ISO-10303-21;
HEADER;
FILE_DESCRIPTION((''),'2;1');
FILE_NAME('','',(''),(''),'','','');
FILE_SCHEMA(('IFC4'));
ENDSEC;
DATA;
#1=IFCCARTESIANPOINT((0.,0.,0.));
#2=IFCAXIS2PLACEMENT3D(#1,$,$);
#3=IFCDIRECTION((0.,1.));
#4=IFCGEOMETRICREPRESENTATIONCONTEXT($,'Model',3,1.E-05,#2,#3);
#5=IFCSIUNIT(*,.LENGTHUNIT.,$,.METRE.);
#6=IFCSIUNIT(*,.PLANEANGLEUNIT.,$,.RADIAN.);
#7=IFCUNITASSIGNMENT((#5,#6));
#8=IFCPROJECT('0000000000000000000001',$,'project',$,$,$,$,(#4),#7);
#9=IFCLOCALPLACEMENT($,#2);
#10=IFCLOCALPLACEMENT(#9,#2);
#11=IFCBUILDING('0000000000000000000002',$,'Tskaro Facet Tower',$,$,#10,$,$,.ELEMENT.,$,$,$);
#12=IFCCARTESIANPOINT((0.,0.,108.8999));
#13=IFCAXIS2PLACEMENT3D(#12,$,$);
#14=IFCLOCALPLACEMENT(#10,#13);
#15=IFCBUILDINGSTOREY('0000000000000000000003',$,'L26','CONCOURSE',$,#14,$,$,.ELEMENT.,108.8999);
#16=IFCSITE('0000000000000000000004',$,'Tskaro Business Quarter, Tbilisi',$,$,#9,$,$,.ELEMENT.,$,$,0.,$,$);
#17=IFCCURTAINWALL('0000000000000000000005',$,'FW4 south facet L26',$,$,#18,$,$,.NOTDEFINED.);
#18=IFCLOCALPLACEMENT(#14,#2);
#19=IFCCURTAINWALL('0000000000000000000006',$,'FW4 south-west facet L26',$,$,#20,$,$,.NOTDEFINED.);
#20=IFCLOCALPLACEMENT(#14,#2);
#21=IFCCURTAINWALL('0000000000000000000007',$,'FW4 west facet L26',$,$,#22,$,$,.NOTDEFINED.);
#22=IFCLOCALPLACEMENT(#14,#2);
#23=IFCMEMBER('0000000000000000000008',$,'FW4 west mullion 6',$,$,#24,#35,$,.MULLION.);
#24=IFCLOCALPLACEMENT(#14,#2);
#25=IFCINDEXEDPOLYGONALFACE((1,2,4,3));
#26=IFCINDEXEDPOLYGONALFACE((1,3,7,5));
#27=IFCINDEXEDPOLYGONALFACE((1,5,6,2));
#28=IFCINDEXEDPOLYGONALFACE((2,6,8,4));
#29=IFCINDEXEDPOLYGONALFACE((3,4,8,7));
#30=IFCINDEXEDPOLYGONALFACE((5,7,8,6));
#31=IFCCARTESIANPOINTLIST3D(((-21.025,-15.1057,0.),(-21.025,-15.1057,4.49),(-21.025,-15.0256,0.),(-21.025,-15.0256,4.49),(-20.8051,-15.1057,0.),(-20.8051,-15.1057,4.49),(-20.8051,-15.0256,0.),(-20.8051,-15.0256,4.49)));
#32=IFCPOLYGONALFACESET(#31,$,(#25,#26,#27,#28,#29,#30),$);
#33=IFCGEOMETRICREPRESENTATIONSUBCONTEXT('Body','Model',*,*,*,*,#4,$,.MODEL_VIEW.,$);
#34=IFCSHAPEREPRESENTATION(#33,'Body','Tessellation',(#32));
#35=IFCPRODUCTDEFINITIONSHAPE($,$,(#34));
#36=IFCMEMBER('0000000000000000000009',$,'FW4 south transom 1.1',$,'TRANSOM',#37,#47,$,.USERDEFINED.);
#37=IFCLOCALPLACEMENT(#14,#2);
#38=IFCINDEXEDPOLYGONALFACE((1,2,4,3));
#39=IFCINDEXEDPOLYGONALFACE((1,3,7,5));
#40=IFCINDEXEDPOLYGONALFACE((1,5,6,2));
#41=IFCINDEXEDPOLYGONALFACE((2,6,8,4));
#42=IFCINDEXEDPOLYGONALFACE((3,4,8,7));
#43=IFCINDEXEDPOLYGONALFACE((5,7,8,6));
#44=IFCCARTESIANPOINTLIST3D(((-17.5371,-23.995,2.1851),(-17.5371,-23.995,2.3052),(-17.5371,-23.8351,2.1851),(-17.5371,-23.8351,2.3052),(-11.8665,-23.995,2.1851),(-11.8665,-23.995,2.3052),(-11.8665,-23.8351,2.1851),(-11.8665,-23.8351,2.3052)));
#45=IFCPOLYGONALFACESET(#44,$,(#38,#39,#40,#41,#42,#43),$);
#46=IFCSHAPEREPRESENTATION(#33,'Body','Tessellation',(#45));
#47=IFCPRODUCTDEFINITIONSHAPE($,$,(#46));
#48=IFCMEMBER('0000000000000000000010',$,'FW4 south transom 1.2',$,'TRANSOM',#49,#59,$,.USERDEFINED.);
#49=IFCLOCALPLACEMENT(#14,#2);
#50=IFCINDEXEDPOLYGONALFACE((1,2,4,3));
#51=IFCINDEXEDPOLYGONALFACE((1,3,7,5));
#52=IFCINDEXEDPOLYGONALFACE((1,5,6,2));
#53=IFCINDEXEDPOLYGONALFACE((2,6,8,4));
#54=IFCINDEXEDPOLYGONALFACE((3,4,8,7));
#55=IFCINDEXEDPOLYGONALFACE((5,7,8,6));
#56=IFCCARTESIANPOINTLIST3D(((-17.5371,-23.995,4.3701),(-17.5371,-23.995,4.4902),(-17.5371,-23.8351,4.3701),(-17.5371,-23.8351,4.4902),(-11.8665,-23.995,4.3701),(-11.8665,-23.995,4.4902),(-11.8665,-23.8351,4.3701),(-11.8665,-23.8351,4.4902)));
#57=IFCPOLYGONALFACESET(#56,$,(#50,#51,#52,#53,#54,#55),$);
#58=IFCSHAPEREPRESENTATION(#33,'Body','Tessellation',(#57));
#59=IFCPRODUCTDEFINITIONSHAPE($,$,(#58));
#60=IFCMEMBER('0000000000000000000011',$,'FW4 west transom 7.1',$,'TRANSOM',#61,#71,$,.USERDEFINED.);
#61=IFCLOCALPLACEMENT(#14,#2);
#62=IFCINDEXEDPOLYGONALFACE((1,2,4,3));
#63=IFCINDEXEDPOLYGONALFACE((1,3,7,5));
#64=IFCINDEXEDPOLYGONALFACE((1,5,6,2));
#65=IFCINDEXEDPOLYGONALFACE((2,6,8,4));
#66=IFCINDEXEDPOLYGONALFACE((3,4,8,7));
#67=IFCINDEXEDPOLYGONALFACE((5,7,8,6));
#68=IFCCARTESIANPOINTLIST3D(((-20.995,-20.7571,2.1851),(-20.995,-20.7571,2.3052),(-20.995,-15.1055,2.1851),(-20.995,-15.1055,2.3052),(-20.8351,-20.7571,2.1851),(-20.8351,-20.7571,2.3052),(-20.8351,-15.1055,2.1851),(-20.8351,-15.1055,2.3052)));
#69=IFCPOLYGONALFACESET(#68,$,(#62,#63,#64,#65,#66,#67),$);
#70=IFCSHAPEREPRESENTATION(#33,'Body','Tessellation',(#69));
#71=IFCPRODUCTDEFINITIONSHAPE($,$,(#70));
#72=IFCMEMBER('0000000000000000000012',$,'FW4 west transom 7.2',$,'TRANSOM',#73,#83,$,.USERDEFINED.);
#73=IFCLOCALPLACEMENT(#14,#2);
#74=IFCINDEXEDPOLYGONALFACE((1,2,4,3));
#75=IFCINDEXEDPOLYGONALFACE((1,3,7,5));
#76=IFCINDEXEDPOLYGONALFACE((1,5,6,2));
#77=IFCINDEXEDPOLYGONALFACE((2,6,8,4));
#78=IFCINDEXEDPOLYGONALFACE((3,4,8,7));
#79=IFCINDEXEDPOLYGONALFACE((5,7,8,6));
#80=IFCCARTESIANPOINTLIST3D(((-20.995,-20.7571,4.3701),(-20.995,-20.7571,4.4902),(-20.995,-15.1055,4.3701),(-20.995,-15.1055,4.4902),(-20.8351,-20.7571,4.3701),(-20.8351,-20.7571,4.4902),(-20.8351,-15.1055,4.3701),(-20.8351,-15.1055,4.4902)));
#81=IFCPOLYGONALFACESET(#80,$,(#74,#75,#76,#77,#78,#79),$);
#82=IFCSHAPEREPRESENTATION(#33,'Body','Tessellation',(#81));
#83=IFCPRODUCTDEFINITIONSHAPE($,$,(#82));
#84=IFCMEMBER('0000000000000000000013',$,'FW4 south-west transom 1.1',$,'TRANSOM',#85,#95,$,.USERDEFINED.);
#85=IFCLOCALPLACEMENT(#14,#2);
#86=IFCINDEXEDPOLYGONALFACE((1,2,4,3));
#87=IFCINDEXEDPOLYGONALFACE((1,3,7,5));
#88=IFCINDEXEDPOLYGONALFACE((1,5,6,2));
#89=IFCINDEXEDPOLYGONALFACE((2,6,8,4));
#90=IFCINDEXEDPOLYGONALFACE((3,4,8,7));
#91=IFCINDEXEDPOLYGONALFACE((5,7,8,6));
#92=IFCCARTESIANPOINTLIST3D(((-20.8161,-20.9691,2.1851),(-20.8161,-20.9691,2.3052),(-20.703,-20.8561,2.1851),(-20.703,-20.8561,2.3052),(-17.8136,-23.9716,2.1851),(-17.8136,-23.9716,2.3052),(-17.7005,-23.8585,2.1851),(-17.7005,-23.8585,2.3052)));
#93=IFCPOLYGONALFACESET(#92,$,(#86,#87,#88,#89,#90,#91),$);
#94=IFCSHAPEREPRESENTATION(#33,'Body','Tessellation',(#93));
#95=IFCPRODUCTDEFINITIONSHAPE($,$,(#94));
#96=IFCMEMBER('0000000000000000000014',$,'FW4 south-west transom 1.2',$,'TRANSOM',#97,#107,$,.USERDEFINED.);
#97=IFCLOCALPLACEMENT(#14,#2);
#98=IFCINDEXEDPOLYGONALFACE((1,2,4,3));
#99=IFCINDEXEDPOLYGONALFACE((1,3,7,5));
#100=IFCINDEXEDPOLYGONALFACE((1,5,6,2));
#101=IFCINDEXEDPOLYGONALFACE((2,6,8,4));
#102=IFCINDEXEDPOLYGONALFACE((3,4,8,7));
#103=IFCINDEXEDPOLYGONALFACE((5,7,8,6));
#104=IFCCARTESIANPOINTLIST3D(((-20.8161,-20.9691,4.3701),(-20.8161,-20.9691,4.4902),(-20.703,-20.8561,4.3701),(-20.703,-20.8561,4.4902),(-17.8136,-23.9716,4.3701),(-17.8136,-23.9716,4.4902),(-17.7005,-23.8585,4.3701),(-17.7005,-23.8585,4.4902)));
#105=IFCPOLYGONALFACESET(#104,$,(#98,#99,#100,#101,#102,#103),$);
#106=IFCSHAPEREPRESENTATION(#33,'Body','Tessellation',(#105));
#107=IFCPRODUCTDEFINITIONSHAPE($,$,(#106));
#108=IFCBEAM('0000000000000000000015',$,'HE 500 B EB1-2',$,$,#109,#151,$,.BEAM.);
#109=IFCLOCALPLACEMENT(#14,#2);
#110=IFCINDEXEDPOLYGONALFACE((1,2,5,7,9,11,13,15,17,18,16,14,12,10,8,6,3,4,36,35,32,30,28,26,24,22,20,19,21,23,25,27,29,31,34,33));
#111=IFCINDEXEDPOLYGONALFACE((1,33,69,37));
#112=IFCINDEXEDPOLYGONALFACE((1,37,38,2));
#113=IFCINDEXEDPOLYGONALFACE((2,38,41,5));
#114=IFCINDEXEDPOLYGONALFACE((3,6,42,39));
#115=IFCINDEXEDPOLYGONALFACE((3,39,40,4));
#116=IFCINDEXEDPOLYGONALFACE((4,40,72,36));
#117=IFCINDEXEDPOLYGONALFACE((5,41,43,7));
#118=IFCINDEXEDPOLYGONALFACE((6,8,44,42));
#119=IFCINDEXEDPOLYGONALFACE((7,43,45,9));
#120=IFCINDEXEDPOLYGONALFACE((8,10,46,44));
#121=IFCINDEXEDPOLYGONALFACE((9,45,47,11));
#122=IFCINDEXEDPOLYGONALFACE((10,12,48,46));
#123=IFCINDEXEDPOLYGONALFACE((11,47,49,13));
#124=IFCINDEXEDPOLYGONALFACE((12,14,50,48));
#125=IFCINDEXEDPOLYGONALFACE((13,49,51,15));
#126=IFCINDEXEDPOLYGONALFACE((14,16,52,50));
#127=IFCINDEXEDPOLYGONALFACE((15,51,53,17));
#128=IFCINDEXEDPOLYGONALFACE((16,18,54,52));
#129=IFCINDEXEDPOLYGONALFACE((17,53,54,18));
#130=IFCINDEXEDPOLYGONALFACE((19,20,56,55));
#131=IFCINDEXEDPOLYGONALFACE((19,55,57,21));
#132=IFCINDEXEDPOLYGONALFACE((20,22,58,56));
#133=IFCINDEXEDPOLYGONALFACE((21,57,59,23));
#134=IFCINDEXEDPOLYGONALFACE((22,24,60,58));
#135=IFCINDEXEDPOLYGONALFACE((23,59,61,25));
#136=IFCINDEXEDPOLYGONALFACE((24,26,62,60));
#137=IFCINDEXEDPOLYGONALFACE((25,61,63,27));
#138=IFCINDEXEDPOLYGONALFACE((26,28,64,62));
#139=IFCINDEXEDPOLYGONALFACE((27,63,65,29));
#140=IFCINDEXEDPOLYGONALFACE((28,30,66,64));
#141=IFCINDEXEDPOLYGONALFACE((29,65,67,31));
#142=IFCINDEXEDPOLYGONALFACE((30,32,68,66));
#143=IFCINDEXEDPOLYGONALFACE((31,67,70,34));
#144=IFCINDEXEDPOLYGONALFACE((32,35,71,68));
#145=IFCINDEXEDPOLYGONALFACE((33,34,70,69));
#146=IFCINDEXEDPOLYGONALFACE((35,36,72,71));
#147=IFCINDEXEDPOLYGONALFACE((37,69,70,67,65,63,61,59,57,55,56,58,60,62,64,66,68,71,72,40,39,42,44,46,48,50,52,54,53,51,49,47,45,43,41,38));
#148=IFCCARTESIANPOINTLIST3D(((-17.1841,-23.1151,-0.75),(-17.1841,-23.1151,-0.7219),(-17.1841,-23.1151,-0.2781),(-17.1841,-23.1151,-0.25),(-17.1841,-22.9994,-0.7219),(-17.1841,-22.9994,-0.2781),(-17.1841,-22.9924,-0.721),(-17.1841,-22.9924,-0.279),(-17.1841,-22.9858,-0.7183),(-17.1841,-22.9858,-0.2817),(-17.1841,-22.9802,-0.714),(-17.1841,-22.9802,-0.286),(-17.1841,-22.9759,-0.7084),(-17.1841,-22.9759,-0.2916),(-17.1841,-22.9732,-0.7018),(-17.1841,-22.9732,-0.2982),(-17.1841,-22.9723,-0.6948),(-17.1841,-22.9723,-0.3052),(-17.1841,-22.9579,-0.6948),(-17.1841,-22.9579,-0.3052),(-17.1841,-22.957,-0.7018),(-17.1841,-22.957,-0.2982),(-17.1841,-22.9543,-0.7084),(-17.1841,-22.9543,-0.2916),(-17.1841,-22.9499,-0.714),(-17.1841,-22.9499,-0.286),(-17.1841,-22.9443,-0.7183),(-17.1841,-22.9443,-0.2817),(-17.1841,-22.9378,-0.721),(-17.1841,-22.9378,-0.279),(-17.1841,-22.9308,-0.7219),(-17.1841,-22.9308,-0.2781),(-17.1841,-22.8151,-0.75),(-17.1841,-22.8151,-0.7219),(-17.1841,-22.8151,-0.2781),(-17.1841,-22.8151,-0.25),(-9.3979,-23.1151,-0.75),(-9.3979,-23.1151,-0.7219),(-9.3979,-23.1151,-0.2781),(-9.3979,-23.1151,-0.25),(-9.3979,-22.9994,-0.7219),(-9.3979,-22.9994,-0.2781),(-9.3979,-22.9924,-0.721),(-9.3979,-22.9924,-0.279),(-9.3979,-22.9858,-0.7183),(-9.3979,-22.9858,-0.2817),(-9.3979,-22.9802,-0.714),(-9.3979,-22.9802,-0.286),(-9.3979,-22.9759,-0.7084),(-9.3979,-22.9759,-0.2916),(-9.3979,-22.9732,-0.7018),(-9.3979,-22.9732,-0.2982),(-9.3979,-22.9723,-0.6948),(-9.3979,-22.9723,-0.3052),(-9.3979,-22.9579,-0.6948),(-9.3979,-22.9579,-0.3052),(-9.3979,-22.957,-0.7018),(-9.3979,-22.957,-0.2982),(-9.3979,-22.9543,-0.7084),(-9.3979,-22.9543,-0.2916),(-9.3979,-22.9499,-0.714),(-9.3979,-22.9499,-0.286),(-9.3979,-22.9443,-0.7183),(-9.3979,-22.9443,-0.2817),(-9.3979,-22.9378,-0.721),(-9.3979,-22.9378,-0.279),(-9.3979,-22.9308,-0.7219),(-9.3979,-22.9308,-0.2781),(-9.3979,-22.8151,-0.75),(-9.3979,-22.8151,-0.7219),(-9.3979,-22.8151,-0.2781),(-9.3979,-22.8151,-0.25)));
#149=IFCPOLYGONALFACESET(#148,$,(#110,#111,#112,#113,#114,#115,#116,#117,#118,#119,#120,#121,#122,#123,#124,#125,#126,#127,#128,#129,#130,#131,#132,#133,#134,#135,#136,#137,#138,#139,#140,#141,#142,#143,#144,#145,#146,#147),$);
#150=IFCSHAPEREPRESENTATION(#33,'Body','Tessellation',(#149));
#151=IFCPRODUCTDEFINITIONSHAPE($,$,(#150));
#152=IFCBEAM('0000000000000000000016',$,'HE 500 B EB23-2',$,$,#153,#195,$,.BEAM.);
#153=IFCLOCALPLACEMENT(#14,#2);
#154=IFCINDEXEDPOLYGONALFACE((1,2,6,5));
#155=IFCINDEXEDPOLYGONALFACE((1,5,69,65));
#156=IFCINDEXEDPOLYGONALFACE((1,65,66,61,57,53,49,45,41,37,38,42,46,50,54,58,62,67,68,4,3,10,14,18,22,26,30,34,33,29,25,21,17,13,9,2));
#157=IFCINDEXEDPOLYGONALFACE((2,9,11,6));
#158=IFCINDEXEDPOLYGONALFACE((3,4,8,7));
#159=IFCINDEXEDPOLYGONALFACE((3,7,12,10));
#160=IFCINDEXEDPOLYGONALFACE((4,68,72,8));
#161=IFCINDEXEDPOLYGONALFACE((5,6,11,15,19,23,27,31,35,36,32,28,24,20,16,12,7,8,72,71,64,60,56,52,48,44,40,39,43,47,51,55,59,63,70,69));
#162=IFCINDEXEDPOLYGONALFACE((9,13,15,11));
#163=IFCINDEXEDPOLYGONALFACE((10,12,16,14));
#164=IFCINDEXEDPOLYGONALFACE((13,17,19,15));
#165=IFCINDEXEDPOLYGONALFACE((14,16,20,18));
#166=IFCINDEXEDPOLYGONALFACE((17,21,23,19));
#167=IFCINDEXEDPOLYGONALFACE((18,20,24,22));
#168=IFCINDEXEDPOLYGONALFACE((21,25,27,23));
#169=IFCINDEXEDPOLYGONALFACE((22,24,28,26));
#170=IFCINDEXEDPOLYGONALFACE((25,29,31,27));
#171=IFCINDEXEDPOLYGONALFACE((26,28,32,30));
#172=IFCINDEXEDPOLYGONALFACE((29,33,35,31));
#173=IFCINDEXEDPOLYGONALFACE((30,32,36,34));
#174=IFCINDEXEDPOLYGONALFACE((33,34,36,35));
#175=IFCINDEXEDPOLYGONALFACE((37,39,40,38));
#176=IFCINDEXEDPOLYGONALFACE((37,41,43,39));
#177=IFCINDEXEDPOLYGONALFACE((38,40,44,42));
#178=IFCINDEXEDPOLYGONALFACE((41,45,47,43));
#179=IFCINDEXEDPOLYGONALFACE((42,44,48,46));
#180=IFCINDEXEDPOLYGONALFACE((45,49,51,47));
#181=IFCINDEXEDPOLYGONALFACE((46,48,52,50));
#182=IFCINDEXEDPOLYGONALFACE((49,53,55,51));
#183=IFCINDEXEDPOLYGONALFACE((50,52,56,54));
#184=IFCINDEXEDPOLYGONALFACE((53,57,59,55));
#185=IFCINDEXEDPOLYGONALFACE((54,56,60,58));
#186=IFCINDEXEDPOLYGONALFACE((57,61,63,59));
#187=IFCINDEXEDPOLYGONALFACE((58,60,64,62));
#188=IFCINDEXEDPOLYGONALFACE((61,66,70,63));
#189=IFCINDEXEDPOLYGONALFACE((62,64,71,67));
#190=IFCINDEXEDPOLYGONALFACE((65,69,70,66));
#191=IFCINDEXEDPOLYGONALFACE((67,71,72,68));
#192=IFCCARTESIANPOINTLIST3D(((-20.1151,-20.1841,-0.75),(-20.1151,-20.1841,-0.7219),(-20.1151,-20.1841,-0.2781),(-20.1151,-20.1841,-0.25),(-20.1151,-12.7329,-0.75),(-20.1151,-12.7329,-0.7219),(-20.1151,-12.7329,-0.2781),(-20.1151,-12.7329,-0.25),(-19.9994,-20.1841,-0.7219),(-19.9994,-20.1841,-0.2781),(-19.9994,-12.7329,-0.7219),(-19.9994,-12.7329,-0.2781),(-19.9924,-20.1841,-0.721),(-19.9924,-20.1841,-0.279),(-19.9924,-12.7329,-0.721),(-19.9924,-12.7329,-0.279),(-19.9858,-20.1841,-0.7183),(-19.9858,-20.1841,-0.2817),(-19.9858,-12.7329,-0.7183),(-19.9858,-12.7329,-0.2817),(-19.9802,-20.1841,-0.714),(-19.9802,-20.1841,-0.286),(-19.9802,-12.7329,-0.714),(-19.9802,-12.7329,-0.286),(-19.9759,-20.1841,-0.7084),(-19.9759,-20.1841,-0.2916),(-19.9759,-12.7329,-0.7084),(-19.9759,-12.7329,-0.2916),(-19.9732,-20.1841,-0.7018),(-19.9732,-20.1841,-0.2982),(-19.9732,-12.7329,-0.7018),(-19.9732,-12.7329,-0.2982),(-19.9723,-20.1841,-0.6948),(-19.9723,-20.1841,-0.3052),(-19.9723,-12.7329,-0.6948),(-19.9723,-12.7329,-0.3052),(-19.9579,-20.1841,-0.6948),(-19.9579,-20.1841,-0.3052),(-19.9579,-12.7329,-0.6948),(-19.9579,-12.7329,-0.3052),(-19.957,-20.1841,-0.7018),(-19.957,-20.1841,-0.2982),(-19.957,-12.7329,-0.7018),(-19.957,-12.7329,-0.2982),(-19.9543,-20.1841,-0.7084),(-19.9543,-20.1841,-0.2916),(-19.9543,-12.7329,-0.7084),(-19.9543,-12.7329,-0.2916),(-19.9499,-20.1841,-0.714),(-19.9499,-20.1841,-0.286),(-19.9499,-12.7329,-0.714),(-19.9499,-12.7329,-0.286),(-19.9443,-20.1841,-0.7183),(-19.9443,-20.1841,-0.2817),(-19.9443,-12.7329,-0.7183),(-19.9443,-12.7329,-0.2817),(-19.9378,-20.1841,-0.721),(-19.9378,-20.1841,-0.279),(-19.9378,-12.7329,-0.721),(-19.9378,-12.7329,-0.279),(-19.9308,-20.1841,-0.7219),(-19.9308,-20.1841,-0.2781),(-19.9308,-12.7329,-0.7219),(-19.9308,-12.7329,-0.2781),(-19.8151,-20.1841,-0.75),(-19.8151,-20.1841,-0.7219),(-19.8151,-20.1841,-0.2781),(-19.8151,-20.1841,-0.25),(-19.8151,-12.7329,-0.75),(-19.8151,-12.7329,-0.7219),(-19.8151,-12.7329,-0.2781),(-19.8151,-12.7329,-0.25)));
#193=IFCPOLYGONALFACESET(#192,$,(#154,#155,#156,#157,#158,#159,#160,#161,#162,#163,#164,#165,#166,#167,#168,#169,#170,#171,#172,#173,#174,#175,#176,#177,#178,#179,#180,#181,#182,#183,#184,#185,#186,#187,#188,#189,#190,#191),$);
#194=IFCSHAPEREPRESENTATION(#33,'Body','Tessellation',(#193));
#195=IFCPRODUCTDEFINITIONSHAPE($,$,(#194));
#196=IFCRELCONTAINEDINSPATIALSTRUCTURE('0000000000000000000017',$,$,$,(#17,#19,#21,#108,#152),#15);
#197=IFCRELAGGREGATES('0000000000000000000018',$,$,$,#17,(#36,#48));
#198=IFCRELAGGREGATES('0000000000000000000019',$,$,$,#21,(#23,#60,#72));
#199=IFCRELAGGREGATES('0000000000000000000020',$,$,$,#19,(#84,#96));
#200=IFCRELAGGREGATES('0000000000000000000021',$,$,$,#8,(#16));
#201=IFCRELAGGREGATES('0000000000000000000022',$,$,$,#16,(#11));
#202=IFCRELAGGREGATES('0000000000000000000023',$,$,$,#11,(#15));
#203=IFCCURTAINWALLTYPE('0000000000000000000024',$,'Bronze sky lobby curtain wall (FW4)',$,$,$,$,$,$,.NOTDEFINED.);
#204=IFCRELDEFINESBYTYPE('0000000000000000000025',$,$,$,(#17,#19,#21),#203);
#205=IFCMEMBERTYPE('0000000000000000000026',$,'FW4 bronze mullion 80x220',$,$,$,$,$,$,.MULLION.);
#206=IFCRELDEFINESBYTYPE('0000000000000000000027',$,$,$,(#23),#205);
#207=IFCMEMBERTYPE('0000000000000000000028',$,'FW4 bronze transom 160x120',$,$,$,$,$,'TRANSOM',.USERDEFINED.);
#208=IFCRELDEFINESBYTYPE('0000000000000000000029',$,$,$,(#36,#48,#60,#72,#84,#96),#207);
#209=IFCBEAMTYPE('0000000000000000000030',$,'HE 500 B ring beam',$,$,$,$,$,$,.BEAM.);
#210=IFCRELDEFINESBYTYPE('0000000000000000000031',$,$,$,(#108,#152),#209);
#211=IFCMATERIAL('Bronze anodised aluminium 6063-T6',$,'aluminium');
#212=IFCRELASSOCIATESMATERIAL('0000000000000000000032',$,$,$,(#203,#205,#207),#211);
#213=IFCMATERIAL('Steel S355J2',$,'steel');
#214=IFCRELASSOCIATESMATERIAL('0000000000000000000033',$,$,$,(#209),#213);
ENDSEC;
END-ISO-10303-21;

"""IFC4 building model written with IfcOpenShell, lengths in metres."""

from ifc_helpers import new_model, si_unit, direction, frame, origin, origin_2d, place, context, subcontext, project, spatial, rectangle, i_section, extrude, material, material_profile, profile_set, type_object, element, aggregate, save


model = new_model("IFC4")

# Units and contexts
model_context = context("Model", 3, precision=1e-05, world=origin(), true_north=direction((0.0, 1.0)))
body_context = subcontext(model_context, "Body", "Model", "MODEL_VIEW")
ifc_project = project(units=[si_unit("LENGTHUNIT", "METRE"), si_unit("PLANEANGLEUNIT", "RADIAN")], contexts=[model_context])

# Site, building, storey
site_placement = place(None, origin())
site = spatial("IfcSite", under=ifc_project, at=site_placement, Name="Tskaro Business Quarter, Tbilisi", CompositionType="ELEMENT", RefElevation=0.0)
building_placement = place(site_placement, origin())
building = spatial("IfcBuilding", under=site, at=building_placement, Name="Tskaro Facet Tower", CompositionType="ELEMENT")
storey_placement = place(building_placement, frame((0.0, 0.0, 108.8999)))
storey = spatial("IfcBuildingStorey", under=building, at=storey_placement, Name="L26", Description="CONCOURSE", CompositionType="ELEMENT", Elevation=108.8999)

# Curtain walls, member
ifc_material_1 = material(Name="Bronze anodised aluminium 6063-T6", Category="aluminium")
curtain_wall_type = type_object("IfcCurtainWallType", Name="Bronze sky lobby curtain wall (FW4)", PredefinedType="NOTDEFINED", material=ifc_material_1)
curtain_wall_1_placement = place(storey_placement, origin())
curtain_wall_1 = element("IfcCurtainWall", 1, at=curtain_wall_1_placement, inside=storey, type_object=curtain_wall_type, Name="FW4 south facet L26", PredefinedType="NOTDEFINED")
curtain_wall_2_placement = place(storey_placement, origin())
curtain_wall_2 = element("IfcCurtainWall", 2, at=curtain_wall_2_placement, inside=storey, type_object=curtain_wall_type, Name="FW4 south-west facet L26", PredefinedType="NOTDEFINED")
curtain_wall_3_placement = place(storey_placement, origin())
curtain_wall_3 = element("IfcCurtainWall", 3, at=curtain_wall_3_placement, inside=storey, type_object=curtain_wall_type, Name="FW4 west facet L26", PredefinedType="NOTDEFINED")
ifc_material_profile_1 = material_profile(ifc_material_1, rectangle(XDim=0.0801, YDim=0.22, at=origin_2d()), Name="Mullion 80x220")
ifc_profile_set_1 = profile_set([ifc_material_profile_1], Name="Bronze anodised aluminium 6063-T6")
member_type_1 = type_object("IfcMemberType", Name="FW4 bronze mullion 80x220", PredefinedType="MULLION", material=ifc_profile_set_1)
member_1_placement = place(storey_placement, frame((-20.915, -15.0657, 0.0), z_axis=(0.0, 0.0, 1.0), x_axis=(0.0, -1.0, 0.0)))
member_1 = element("IfcMember", 4, at=member_1_placement, type_object=member_type_1, Name="FW4 west mullion 6", PredefinedType="MULLION", context=body_context, shape_type="SweptSolid", body=[
    extrude(rectangle(XDim=0.0801, YDim=0.22, at=origin_2d()), origin(), (0.0, 0.0, 1.0), 4.49),
])

# Members
ifc_material_profile_2 = material_profile(ifc_material_1, rectangle(XDim=0.1599, YDim=0.1201, at=origin_2d()), Name="Transom 160x120")
ifc_profile_set_2 = profile_set([ifc_material_profile_2], Name="Bronze anodised aluminium 6063-T6")
member_type_2 = type_object("IfcMemberType", Name="FW4 bronze transom 160x120", ElementType="TRANSOM", PredefinedType="USERDEFINED", material=ifc_profile_set_2)
member_2_placement = place(storey_placement, frame((-17.5371, -23.915, 2.2451), z_axis=(1.0, 0.0, 0.0), x_axis=(0.0, 1.0, 0.0)))
member_2 = element("IfcMember", 5, at=member_2_placement, type_object=member_type_2, Name="FW4 south transom 1.1", ObjectType="TRANSOM", PredefinedType="USERDEFINED", context=body_context, shape_type="SweptSolid", body=[
    extrude(rectangle(XDim=0.1599, YDim=0.1201, at=origin_2d()), origin(), (0.0, 0.0, 1.0), 5.6707),
])
member_3_placement = place(storey_placement, frame((-17.5371, -23.915, 4.4302), z_axis=(1.0, 0.0, 0.0), x_axis=(0.0, 1.0, 0.0)))
member_3 = element("IfcMember", 6, at=member_3_placement, type_object=member_type_2, Name="FW4 south transom 1.2", ObjectType="TRANSOM", PredefinedType="USERDEFINED", context=body_context, shape_type="SweptSolid", body=[
    extrude(rectangle(XDim=0.1599, YDim=0.1201, at=origin_2d()), origin(), (0.0, 0.0, 1.0), 5.6707),
])
member_4_placement = place(storey_placement, frame((-20.915, -15.1055, 2.2451), z_axis=(0.0, -1.0, 0.0), x_axis=(1.0, 0.0, 0.0)))
member_4 = element("IfcMember", 7, at=member_4_placement, type_object=member_type_2, Name="FW4 west transom 7.1", ObjectType="TRANSOM", PredefinedType="USERDEFINED", context=body_context, shape_type="SweptSolid", body=[
    extrude(rectangle(XDim=0.1599, YDim=0.1201, at=origin_2d()), origin(), (0.0, 0.0, 1.0), 5.6516),
])
member_5_placement = place(storey_placement, frame((-20.915, -15.1055, 4.4302), z_axis=(0.0, -1.0, 0.0), x_axis=(1.0, 0.0, 0.0)))
member_5 = element("IfcMember", 8, at=member_5_placement, type_object=member_type_2, Name="FW4 west transom 7.2", ObjectType="TRANSOM", PredefinedType="USERDEFINED", context=body_context, shape_type="SweptSolid", body=[
    extrude(rectangle(XDim=0.1599, YDim=0.1201, at=origin_2d()), origin(), (0.0, 0.0, 1.0), 5.6516),
])
member_6_placement = place(storey_placement, frame((-20.7595, -20.9126, 2.2451), z_axis=(0.707107, -0.707107, 0.0), x_axis=(0.707107, 0.707107, 0.0)))
member_6 = element("IfcMember", 9, at=member_6_placement, type_object=member_type_2, Name="FW4 south-west transom 1.1", ObjectType="TRANSOM", PredefinedType="USERDEFINED", context=body_context, shape_type="SweptSolid", body=[
    extrude(rectangle(XDim=0.1599, YDim=0.1201, at=origin_2d()), origin(), (0.0, 0.0, 1.0), 4.2461),
])
member_7_placement = place(storey_placement, frame((-20.7595, -20.9126, 4.4302), z_axis=(0.707107, -0.707107, 0.0), x_axis=(0.707107, 0.707107, 0.0)))
member_7 = element("IfcMember", 10, at=member_7_placement, type_object=member_type_2, Name="FW4 south-west transom 1.2", ObjectType="TRANSOM", PredefinedType="USERDEFINED", context=body_context, shape_type="SweptSolid", body=[
    extrude(rectangle(XDim=0.1599, YDim=0.1201, at=origin_2d()), origin(), (0.0, 0.0, 1.0), 4.2461),
])

# Beams
ifc_material_2 = material(Name="Steel S355J2", Category="steel")
ifc_material_profile_3 = material_profile(ifc_material_2, i_section(OverallWidth=0.3, OverallDepth=0.5, WebThickness=0.0144, FlangeThickness=0.0281, FilletRadius=0.0271, at=origin_2d()), Name="HE 500 B")
ifc_profile_set_3 = profile_set([ifc_material_profile_3], Name="Steel S355J2")
beam_type_1 = type_object("IfcBeamType", Name="HE 500 B ring beam", PredefinedType="BEAM", material=ifc_profile_set_3)
beam_1_placement = place(storey_placement, frame((-17.1841, -22.9651, -0.5), z_axis=(1.0, 0.0, 0.0), x_axis=(0.0, 1.0, 0.0)))
element("IfcBeam", 11, at=beam_1_placement, inside=storey, type_object=beam_type_1, Name="HE 500 B EB1-2", PredefinedType="BEAM", context=body_context, shape_type="SweptSolid", body=[
    extrude(i_section(OverallWidth=0.3, OverallDepth=0.5, WebThickness=0.0144, FlangeThickness=0.0281, FilletRadius=0.0271, at=origin_2d()), origin(), (0.0, 0.0, 1.0), 7.7861),
])
beam_2_placement = place(storey_placement, frame((-19.9651, -12.7329, -0.5), z_axis=(0.0, -1.0, 0.0), x_axis=(1.0, 0.0, 0.0)))
element("IfcBeam", 12, at=beam_2_placement, inside=storey, type_object=beam_type_1, Name="HE 500 B EB23-2", PredefinedType="BEAM", context=body_context, shape_type="SweptSolid", body=[
    extrude(i_section(OverallWidth=0.3, OverallDepth=0.5, WebThickness=0.0144, FlangeThickness=0.0281, FilletRadius=0.0271, at=origin_2d()), origin(), (0.0, 0.0, 1.0), 7.4512),
])

aggregate(curtain_wall_1, [member_2, member_3])
aggregate(curtain_wall_3, [member_1, member_4, member_5])
aggregate(curtain_wall_2, [member_6, member_7])

save(model, "model.ifc")
